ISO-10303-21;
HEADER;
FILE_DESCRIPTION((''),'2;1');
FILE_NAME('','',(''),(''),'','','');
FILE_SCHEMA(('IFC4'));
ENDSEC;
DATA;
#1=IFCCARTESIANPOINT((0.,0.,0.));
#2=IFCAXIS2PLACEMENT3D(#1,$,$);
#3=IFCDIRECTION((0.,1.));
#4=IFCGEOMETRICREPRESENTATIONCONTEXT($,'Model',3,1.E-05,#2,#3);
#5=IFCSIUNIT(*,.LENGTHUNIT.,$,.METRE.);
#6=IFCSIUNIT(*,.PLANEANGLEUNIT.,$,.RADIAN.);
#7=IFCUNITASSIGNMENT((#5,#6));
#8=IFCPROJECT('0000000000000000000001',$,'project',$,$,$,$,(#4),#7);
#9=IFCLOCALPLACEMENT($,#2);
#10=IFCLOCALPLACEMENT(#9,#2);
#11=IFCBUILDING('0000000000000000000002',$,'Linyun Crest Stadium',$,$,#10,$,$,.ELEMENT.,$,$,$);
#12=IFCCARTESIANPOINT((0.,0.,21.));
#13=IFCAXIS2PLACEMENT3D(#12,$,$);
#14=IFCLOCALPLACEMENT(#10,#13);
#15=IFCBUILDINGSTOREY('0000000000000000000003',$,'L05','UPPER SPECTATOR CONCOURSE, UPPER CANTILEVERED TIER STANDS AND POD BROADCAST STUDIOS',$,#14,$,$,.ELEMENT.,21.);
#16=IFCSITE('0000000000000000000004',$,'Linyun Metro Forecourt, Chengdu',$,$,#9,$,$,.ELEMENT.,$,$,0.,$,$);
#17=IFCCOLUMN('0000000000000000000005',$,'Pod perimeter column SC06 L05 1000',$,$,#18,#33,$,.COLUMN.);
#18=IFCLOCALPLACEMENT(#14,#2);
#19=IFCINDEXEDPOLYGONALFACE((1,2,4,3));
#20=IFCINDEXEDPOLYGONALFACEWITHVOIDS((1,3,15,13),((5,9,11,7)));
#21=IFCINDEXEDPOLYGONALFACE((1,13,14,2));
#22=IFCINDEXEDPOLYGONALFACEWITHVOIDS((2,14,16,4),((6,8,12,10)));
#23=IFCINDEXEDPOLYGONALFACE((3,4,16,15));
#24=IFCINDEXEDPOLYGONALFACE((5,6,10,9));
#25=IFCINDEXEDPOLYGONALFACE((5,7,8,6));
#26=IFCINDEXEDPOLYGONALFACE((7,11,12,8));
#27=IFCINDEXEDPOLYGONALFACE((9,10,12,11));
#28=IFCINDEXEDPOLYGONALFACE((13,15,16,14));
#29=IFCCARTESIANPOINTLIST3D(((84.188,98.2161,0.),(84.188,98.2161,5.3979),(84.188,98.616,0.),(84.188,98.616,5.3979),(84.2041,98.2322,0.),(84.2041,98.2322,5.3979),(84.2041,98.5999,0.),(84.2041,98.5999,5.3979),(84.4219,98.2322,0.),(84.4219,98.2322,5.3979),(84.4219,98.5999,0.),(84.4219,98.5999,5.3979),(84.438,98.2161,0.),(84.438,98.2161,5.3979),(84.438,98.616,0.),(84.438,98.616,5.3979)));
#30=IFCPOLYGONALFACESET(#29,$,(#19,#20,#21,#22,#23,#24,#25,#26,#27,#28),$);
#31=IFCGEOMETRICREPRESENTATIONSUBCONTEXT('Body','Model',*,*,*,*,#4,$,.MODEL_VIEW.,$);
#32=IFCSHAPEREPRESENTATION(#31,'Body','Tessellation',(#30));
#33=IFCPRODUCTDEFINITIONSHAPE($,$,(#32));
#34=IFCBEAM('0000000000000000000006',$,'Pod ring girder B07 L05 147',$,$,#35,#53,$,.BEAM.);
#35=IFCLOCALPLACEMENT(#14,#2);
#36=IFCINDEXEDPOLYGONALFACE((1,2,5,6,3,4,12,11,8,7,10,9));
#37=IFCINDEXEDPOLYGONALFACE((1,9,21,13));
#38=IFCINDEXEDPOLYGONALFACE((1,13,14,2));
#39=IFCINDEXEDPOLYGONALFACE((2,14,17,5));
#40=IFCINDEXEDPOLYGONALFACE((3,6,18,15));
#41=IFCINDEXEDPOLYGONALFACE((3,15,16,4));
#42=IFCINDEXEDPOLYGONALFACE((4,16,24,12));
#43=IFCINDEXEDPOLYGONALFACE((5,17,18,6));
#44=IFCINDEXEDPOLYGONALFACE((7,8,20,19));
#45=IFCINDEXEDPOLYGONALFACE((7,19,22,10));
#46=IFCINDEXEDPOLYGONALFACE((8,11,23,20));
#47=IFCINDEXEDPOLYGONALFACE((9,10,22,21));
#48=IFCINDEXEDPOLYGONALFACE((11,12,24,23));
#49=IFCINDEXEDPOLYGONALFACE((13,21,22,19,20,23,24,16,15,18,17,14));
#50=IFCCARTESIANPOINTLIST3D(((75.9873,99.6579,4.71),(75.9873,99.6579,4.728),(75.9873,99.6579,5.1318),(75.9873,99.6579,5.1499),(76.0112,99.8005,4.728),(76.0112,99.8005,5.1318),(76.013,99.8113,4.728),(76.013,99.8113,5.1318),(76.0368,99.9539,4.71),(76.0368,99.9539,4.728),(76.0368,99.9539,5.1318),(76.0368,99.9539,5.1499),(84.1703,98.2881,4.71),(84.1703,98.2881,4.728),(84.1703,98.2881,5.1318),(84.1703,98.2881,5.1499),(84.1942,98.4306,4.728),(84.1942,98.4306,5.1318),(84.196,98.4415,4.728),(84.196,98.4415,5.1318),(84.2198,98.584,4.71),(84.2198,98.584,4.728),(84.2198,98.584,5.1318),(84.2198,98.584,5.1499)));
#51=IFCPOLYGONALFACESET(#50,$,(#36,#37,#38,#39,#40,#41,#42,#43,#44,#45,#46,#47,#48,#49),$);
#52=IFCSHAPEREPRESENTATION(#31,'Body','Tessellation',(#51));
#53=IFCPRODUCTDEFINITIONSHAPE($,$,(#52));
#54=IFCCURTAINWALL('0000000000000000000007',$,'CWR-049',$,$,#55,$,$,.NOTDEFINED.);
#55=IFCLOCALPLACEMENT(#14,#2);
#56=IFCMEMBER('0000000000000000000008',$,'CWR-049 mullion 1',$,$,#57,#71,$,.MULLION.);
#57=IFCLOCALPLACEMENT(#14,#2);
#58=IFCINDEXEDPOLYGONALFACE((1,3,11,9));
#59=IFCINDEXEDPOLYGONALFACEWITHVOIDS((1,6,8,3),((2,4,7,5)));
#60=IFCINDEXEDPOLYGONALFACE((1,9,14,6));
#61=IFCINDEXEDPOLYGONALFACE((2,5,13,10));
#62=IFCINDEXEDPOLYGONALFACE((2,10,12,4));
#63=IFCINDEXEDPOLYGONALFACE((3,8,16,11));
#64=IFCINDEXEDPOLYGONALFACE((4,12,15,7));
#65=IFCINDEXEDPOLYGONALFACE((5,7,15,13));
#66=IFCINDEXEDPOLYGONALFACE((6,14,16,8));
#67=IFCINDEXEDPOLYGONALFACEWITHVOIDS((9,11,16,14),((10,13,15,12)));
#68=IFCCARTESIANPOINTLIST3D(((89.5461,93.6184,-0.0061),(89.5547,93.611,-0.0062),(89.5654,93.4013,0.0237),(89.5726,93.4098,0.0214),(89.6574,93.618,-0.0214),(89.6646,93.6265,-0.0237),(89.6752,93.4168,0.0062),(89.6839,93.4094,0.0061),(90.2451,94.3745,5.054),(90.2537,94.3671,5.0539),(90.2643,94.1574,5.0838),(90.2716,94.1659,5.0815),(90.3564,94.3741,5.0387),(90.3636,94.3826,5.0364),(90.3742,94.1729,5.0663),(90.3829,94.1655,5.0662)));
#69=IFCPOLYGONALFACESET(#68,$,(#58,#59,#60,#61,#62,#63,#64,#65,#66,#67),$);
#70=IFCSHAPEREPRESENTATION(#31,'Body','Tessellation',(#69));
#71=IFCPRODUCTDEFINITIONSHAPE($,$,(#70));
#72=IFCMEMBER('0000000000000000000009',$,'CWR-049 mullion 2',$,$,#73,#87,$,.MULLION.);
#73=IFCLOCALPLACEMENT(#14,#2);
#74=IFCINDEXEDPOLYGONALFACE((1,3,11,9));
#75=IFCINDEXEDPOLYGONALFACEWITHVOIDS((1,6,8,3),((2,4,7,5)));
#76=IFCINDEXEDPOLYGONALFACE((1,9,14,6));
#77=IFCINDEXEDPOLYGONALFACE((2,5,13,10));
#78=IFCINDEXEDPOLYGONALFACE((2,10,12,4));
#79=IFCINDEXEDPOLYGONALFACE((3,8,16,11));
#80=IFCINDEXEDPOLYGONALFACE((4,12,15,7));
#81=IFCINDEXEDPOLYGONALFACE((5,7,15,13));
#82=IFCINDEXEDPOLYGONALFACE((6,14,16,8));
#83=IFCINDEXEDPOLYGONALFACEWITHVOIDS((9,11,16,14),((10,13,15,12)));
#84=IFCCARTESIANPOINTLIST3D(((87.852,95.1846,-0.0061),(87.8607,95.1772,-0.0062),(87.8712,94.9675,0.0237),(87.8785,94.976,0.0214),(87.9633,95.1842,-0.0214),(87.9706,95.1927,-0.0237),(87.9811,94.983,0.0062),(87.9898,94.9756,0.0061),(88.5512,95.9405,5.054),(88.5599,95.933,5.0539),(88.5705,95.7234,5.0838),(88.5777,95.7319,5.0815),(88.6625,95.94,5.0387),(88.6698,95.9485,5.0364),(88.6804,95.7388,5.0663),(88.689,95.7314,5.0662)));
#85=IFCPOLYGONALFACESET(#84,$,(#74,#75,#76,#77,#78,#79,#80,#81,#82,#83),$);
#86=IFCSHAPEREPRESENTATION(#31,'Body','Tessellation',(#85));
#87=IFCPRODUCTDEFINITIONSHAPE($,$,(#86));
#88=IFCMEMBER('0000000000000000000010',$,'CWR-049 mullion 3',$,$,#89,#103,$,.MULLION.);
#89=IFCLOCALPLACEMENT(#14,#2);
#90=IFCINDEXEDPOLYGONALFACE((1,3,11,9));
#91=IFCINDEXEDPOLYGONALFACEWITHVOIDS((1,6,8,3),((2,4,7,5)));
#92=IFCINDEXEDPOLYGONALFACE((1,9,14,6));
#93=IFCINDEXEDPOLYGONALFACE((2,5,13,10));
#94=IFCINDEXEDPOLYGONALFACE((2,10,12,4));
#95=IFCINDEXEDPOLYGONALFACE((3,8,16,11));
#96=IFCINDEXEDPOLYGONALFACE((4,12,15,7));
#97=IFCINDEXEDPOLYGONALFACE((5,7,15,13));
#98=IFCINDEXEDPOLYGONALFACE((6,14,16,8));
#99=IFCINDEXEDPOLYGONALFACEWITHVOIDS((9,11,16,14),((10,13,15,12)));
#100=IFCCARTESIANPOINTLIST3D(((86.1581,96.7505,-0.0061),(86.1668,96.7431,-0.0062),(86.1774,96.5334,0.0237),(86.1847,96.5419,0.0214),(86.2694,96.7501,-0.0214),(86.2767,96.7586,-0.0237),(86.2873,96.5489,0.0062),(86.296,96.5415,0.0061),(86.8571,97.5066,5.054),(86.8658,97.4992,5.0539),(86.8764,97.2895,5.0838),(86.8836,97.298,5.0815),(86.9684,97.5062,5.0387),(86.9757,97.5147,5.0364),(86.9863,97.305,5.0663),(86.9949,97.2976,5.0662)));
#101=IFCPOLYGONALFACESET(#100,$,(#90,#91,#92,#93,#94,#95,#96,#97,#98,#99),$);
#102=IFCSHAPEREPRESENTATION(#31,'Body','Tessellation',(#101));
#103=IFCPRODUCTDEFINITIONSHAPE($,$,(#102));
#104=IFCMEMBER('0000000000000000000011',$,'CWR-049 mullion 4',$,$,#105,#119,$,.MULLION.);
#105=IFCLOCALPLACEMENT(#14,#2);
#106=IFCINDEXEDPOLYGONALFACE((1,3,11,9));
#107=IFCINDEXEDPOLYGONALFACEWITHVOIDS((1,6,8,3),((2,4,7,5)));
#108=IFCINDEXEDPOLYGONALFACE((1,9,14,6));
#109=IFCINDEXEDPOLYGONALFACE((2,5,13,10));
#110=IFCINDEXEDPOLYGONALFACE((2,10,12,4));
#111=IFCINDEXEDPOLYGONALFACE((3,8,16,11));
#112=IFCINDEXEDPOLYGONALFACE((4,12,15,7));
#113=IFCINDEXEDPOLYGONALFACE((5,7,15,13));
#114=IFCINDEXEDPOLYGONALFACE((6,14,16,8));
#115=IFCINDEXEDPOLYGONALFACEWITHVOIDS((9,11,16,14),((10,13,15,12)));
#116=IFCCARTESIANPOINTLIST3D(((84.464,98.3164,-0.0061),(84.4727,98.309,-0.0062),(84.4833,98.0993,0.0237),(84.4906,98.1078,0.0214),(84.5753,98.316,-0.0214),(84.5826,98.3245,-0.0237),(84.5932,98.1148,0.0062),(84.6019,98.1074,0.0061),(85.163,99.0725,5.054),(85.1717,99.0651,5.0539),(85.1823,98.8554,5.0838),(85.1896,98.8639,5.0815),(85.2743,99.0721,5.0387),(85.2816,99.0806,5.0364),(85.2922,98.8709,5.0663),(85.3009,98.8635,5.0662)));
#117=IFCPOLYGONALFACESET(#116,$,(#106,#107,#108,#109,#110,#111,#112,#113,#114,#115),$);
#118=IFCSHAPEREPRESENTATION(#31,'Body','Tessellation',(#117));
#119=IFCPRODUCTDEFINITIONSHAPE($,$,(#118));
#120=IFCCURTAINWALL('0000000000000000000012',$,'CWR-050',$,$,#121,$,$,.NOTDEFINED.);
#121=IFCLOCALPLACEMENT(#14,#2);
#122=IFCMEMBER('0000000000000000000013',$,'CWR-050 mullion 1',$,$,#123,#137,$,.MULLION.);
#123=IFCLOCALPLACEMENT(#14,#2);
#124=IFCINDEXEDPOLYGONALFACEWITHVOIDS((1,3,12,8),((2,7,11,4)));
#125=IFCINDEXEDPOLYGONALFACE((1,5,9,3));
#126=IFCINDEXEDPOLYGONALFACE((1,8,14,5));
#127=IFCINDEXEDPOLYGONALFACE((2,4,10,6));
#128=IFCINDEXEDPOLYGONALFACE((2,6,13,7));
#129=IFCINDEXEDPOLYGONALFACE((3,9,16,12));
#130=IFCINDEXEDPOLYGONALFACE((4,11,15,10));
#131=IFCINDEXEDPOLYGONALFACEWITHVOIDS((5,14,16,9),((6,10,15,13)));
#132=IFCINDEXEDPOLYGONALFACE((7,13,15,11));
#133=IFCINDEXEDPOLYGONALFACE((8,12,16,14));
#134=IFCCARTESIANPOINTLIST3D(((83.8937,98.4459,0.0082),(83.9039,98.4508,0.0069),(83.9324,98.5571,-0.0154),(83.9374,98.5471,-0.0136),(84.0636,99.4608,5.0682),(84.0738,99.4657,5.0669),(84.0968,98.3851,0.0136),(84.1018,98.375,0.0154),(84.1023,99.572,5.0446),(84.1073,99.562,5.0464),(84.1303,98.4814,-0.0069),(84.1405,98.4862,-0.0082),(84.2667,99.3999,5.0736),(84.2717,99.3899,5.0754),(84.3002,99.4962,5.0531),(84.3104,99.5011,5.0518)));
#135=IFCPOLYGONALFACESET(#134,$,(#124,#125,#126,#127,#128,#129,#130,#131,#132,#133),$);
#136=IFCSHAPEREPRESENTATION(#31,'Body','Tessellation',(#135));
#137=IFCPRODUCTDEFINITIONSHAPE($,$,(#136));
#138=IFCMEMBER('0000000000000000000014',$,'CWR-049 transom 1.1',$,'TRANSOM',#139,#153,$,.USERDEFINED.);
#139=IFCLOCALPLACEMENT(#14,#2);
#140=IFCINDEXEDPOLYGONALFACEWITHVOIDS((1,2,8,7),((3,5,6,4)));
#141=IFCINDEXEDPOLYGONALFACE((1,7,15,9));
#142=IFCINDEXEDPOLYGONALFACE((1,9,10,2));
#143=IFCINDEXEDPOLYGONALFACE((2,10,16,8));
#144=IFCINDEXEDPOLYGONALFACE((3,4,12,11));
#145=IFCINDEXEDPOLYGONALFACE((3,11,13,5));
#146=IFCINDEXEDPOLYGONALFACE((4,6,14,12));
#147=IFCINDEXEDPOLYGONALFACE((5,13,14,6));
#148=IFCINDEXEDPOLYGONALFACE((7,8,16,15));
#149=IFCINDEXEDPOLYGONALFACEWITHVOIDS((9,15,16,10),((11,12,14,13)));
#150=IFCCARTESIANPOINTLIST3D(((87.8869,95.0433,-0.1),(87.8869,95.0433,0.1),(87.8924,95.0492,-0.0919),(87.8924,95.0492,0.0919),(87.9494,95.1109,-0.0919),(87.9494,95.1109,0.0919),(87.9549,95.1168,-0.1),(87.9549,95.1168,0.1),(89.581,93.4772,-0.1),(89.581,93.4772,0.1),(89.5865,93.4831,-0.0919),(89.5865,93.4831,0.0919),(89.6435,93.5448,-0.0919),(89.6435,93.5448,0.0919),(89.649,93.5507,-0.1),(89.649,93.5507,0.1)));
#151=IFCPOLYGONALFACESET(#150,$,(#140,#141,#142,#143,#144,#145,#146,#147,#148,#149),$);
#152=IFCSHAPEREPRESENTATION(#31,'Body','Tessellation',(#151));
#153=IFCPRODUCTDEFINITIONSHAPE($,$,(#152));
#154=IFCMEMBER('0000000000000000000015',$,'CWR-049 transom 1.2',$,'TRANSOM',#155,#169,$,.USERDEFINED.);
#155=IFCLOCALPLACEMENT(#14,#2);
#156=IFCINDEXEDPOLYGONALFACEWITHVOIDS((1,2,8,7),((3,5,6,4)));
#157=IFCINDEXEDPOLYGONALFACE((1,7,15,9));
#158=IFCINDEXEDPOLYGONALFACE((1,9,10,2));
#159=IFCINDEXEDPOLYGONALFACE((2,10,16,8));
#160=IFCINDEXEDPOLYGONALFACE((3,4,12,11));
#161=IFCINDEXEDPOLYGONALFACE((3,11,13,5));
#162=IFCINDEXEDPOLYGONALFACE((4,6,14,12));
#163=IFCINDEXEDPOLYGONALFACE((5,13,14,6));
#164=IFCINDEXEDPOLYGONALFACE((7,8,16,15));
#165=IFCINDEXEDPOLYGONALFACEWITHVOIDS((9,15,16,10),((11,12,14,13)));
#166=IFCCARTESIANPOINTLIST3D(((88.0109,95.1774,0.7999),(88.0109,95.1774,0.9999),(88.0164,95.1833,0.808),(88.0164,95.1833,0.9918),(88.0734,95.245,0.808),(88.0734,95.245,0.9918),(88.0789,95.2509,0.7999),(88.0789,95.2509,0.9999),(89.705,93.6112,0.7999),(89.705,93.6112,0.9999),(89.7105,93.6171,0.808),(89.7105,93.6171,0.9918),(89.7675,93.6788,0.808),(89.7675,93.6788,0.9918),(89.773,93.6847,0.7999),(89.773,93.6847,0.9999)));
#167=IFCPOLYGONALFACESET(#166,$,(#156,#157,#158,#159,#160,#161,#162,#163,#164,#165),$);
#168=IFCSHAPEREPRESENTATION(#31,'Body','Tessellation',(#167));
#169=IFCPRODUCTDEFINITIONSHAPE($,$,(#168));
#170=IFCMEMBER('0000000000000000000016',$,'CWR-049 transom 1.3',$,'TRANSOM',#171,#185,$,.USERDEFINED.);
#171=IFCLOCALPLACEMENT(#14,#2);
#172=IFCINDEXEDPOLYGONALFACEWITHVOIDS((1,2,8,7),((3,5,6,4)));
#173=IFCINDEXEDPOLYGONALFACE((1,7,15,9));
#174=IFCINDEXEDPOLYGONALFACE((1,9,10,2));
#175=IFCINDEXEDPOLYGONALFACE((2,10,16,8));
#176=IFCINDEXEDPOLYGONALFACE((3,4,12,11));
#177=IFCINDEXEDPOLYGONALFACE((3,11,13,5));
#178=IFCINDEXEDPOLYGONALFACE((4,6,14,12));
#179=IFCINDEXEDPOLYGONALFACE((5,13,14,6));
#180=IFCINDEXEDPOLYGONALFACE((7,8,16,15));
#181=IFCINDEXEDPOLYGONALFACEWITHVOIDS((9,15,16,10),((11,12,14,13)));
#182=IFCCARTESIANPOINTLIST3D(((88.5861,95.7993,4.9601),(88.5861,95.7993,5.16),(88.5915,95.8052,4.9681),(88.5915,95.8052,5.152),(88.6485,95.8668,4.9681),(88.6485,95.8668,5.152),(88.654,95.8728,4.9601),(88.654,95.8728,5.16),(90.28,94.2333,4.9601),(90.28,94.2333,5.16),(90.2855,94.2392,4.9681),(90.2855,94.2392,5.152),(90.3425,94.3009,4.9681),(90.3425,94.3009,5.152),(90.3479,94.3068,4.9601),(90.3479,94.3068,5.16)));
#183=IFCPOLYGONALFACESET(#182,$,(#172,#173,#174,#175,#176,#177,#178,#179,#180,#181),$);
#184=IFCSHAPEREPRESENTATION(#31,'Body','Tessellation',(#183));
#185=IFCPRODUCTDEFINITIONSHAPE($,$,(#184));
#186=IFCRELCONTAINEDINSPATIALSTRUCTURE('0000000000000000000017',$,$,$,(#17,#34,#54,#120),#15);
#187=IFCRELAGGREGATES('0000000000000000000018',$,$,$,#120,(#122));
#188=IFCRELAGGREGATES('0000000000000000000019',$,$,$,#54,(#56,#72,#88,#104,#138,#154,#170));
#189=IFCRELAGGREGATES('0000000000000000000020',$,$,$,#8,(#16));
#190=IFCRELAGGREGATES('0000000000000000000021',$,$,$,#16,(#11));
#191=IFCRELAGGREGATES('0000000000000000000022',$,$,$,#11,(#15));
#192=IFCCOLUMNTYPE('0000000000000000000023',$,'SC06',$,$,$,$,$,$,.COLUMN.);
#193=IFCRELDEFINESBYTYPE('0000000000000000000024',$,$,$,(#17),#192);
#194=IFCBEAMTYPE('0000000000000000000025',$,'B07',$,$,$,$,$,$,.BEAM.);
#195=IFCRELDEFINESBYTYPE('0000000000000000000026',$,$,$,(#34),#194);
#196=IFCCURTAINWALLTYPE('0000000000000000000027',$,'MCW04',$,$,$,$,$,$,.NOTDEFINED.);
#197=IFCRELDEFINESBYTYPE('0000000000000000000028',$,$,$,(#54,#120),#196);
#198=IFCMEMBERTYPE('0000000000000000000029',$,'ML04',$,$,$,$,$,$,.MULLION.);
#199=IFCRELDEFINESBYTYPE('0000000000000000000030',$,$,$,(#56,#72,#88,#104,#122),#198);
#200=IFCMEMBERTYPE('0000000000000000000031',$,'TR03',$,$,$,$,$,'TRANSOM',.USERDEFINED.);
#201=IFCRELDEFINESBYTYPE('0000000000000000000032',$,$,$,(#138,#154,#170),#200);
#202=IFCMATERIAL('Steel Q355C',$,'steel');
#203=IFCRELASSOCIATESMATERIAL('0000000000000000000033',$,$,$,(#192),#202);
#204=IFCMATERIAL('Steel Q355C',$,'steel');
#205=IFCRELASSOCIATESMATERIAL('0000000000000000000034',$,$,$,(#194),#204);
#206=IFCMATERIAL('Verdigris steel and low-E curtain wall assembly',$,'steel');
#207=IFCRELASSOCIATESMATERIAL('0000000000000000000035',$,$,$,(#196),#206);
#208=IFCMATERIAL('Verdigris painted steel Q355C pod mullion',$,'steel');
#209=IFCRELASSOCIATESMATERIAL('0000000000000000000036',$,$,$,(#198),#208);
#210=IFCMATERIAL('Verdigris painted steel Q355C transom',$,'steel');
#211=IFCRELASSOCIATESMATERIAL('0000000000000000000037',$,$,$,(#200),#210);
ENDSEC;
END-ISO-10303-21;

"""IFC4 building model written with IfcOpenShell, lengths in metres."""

from ifc_helpers import new_model, si_unit, direction, frame, origin, origin_2d, place, context, subcontext, project, spatial, hollow_rectangle, i_section, extrude, material, material_profile, profile_set, type_object, element, aggregate, save


model = new_model("IFC4")

# Units and contexts
model_context = context("Model", 3, precision=1e-05, world=origin(), true_north=direction((0.0, 1.0)))
body_context = subcontext(model_context, "Body", "Model", "MODEL_VIEW")
ifc_project = project(units=[si_unit("LENGTHUNIT", "METRE"), si_unit("PLANEANGLEUNIT", "RADIAN")], contexts=[model_context])

# Site, building, storey
site_placement = place(None, origin())
site = spatial("IfcSite", under=ifc_project, at=site_placement, Name="Linyun Metro Forecourt, Chengdu", CompositionType="ELEMENT", RefElevation=0.0)
building_placement = place(site_placement, origin())
building = spatial("IfcBuilding", under=site, at=building_placement, Name="Linyun Crest Stadium", CompositionType="ELEMENT")
storey_placement = place(building_placement, frame((0.0, 0.0, 21.0)))
storey = spatial("IfcBuildingStorey", under=building, at=storey_placement, Name="L05", Description="UPPER SPECTATOR CONCOURSE, UPPER CANTILEVERED TIER STANDS AND POD BROADCAST STUDIOS", CompositionType="ELEMENT", Elevation=21.0)

# Column
ifc_material_1 = material(Name="Steel Q355C", Category="steel")
ifc_material_profile_1 = material_profile(ifc_material_1, hollow_rectangle(XDim=0.25, YDim=0.3999, WallThickness=0.0161, at=origin_2d()), Name="RHS 400x250x16")
ifc_profile_set_1 = profile_set([ifc_material_profile_1], Name="Steel Q355C")
column_type = type_object("IfcColumnType", Name="SC06", PredefinedType="COLUMN", material=ifc_profile_set_1)
column_placement = place(storey_placement, frame((84.313, 98.416, 0.0), z_axis=(0.0, 0.0, 1.0), x_axis=(1.0, 0.0, 0.0)))
element("IfcColumn", 1, at=column_placement, inside=storey, type_object=column_type, Name="Pod perimeter column SC06 L05 1000", PredefinedType="COLUMN", context=body_context, shape_type="SweptSolid", body=[
    extrude(hollow_rectangle(XDim=0.25, YDim=0.3999, WallThickness=0.0161, at=origin_2d()), origin(), (0.0, 0.0, 1.0), 5.3979),
])

# Beam
ifc_material_2 = material(Name="Steel Q355C", Category="steel")
ifc_material_profile_2 = material_profile(ifc_material_2, i_section(OverallWidth=0.3, OverallDepth=0.4399, WebThickness=0.011, FlangeThickness=0.0181, at=origin_2d()), Name="HM 440x300")
ifc_profile_set_2 = profile_set([ifc_material_profile_2], Name="Steel Q355C")
beam_type = type_object("IfcBeamType", Name="B07", PredefinedType="BEAM", material=ifc_profile_set_2)
beam_placement = place(storey_placement, frame((84.1951, 98.436, 4.9299), z_axis=(-0.986276, 0.165105, 0.0), x_axis=(-0.165105, -0.986276, 0.0)))
element("IfcBeam", 2, at=beam_placement, inside=storey, type_object=beam_type, Name="Pod ring girder B07 L05 147", PredefinedType="BEAM", context=body_context, shape_type="SweptSolid", body=[
    extrude(i_section(OverallWidth=0.3, OverallDepth=0.4399, WebThickness=0.011, FlangeThickness=0.0181, at=origin_2d()), origin(), (0.0, 0.0, 1.0), 8.2969),
])

# Curtain wall, members
ifc_material_3 = material(Name="Verdigris steel and low-E curtain wall assembly", Category="steel")
curtain_wall_type = type_object("IfcCurtainWallType", Name="MCW04", PredefinedType="NOTDEFINED", material=ifc_material_3)
curtain_wall_1_placement = place(storey_placement, origin())
curtain_wall_1 = element("IfcCurtainWall", 3, at=curtain_wall_1_placement, inside=storey, type_object=curtain_wall_type, Name="CWR-049", PredefinedType="NOTDEFINED")
ifc_material_4 = material(Name="Verdigris painted steel Q355C pod mullion", Category="steel")
ifc_material_profile_3 = material_profile(ifc_material_4, hollow_rectangle(XDim=0.1201, YDim=0.22, WallThickness=0.0081, at=origin_2d()), Name="RHS 220x120x8")
ifc_profile_set_3 = profile_set([ifc_material_profile_3], Name="Verdigris painted steel Q355C pod mullion")
member_type_1 = type_object("IfcMemberType", Name="ML04", PredefinedType="MULLION", material=ifc_profile_set_3)
member_1_placement = place(storey_placement, frame((89.615, 93.5139, 0.0), z_axis=(0.135361, 0.146425, 0.979917), x_axis=(0.986909, 0.067602, -0.146429)))
member_1 = element("IfcMember", 4, at=member_1_placement, type_object=member_type_1, Name="CWR-049 mullion 1", PredefinedType="MULLION", context=body_context, shape_type="SweptSolid", body=[
    extrude(hollow_rectangle(XDim=0.1201, YDim=0.22, WallThickness=0.0081, at=origin_2d()), origin(), (0.0, 0.0, 1.0), 5.1638),
])
member_2_placement = place(storey_placement, frame((87.9209, 95.0801, 0.0), z_axis=(0.135409, 0.146378, 0.979917), x_axis=(0.986931, 0.067271, -0.146427)))
member_2 = element("IfcMember", 5, at=member_2_placement, type_object=member_type_1, Name="CWR-049 mullion 2", PredefinedType="MULLION", context=body_context, shape_type="SweptSolid", body=[
    extrude(hollow_rectangle(XDim=0.1201, YDim=0.22, WallThickness=0.0081, at=origin_2d()), origin(), (0.0, 0.0, 1.0), 5.1638),
])
member_3_placement = place(storey_placement, frame((86.2271, 96.646, 0.0), z_axis=(0.135361, 0.146425, 0.979917), x_axis=(0.986909, 0.067602, -0.146429)))
member_3 = element("IfcMember", 6, at=member_3_placement, type_object=member_type_1, Name="CWR-049 mullion 3", PredefinedType="MULLION", context=body_context, shape_type="SweptSolid", body=[
    extrude(hollow_rectangle(XDim=0.1201, YDim=0.22, WallThickness=0.0081, at=origin_2d()), origin(), (0.0, 0.0, 1.0), 5.1638),
])
member_4_placement = place(storey_placement, frame((84.533, 98.2119, 0.0), z_axis=(0.135361, 0.146425, 0.979917), x_axis=(0.986909, 0.067602, -0.146429)))
member_4 = element("IfcMember", 7, at=member_4_placement, type_object=member_type_1, Name="CWR-049 mullion 4", PredefinedType="MULLION", context=body_context, shape_type="SweptSolid", body=[
    extrude(hollow_rectangle(XDim=0.1201, YDim=0.22, WallThickness=0.0081, at=origin_2d()), origin(), (0.0, 0.0, 1.0), 5.1638),
])

# Curtain wall, member
curtain_wall_2_placement = place(storey_placement, origin())
curtain_wall_2 = element("IfcCurtainWall", 8, at=curtain_wall_2_placement, inside=storey, type_object=curtain_wall_type, Name="CWR-050", PredefinedType="NOTDEFINED")
member_5_placement = place(storey_placement, frame((84.0171, 98.4661, 0.0), z_axis=(0.032907, 0.196546, 0.979942), x_axis=(0.32238, 0.92598, -0.196549)))
member_5 = element("IfcMember", 9, at=member_5_placement, type_object=member_type_1, Name="CWR-050 mullion 1", PredefinedType="MULLION", context=body_context, shape_type="SweptSolid", body=[
    extrude(hollow_rectangle(XDim=0.1201, YDim=0.22, WallThickness=0.0081, at=origin_2d()), origin(), (0.0, 0.0, 1.0), 5.1636),
])

# Members
ifc_material_5 = material(Name="Verdigris painted steel Q355C transom", Category="steel")
ifc_material_profile_4 = material_profile(ifc_material_5, hollow_rectangle(XDim=0.1001, YDim=0.2, WallThickness=0.0081, at=origin_2d()), Name="RHS 200x100x8")
ifc_profile_set_4 = profile_set([ifc_material_profile_4], Name="Verdigris painted steel Q355C transom")
member_type_2 = type_object("IfcMemberType", Name="TR03", ElementType="TRANSOM", PredefinedType="USERDEFINED", material=ifc_profile_set_4)
member_6_placement = place(storey_placement, frame((89.615, 93.5139, 0.0), z_axis=(-0.734288, 0.678838, 0.0), x_axis=(-0.678838, -0.734288, 0.0)))
member_6 = element("IfcMember", 10, at=member_6_placement, type_object=member_type_2, Name="CWR-049 transom 1.1", ObjectType="TRANSOM", PredefinedType="USERDEFINED", context=body_context, shape_type="SweptSolid", body=[
    extrude(hollow_rectangle(XDim=0.1001, YDim=0.2, WallThickness=0.0081, at=origin_2d()), origin(), (0.0, 0.0, 1.0), 2.3071),
])
member_7_placement = place(storey_placement, frame((89.739, 93.6479, 0.8999), z_axis=(-0.734288, 0.678838, 0.0), x_axis=(-0.678838, -0.734288, 0.0)))
member_7 = element("IfcMember", 11, at=member_7_placement, type_object=member_type_2, Name="CWR-049 transom 1.2", ObjectType="TRANSOM", PredefinedType="USERDEFINED", context=body_context, shape_type="SweptSolid", body=[
    extrude(hollow_rectangle(XDim=0.1001, YDim=0.2, WallThickness=0.0081, at=origin_2d()), origin(), (0.0, 0.0, 1.0), 2.3071),
])
member_8_placement = place(storey_placement, frame((90.314, 94.27, 5.0601), z_axis=(-0.734292, 0.678834, 0.0), x_axis=(-0.678834, -0.734292, 0.0)))
member_8 = element("IfcMember", 12, at=member_8_placement, type_object=member_type_2, Name="CWR-049 transom 1.3", ObjectType="TRANSOM", PredefinedType="USERDEFINED", context=body_context, shape_type="SweptSolid", body=[
    extrude(hollow_rectangle(XDim=0.1001, YDim=0.2, WallThickness=0.0081, at=origin_2d()), origin(), (0.0, 0.0, 1.0), 2.3069),
])
aggregate(curtain_wall_2, [member_5])

aggregate(curtain_wall_1, [member_1, member_2, member_3, member_4, member_6, member_7, member_8])

save(model, "model.ifc")
